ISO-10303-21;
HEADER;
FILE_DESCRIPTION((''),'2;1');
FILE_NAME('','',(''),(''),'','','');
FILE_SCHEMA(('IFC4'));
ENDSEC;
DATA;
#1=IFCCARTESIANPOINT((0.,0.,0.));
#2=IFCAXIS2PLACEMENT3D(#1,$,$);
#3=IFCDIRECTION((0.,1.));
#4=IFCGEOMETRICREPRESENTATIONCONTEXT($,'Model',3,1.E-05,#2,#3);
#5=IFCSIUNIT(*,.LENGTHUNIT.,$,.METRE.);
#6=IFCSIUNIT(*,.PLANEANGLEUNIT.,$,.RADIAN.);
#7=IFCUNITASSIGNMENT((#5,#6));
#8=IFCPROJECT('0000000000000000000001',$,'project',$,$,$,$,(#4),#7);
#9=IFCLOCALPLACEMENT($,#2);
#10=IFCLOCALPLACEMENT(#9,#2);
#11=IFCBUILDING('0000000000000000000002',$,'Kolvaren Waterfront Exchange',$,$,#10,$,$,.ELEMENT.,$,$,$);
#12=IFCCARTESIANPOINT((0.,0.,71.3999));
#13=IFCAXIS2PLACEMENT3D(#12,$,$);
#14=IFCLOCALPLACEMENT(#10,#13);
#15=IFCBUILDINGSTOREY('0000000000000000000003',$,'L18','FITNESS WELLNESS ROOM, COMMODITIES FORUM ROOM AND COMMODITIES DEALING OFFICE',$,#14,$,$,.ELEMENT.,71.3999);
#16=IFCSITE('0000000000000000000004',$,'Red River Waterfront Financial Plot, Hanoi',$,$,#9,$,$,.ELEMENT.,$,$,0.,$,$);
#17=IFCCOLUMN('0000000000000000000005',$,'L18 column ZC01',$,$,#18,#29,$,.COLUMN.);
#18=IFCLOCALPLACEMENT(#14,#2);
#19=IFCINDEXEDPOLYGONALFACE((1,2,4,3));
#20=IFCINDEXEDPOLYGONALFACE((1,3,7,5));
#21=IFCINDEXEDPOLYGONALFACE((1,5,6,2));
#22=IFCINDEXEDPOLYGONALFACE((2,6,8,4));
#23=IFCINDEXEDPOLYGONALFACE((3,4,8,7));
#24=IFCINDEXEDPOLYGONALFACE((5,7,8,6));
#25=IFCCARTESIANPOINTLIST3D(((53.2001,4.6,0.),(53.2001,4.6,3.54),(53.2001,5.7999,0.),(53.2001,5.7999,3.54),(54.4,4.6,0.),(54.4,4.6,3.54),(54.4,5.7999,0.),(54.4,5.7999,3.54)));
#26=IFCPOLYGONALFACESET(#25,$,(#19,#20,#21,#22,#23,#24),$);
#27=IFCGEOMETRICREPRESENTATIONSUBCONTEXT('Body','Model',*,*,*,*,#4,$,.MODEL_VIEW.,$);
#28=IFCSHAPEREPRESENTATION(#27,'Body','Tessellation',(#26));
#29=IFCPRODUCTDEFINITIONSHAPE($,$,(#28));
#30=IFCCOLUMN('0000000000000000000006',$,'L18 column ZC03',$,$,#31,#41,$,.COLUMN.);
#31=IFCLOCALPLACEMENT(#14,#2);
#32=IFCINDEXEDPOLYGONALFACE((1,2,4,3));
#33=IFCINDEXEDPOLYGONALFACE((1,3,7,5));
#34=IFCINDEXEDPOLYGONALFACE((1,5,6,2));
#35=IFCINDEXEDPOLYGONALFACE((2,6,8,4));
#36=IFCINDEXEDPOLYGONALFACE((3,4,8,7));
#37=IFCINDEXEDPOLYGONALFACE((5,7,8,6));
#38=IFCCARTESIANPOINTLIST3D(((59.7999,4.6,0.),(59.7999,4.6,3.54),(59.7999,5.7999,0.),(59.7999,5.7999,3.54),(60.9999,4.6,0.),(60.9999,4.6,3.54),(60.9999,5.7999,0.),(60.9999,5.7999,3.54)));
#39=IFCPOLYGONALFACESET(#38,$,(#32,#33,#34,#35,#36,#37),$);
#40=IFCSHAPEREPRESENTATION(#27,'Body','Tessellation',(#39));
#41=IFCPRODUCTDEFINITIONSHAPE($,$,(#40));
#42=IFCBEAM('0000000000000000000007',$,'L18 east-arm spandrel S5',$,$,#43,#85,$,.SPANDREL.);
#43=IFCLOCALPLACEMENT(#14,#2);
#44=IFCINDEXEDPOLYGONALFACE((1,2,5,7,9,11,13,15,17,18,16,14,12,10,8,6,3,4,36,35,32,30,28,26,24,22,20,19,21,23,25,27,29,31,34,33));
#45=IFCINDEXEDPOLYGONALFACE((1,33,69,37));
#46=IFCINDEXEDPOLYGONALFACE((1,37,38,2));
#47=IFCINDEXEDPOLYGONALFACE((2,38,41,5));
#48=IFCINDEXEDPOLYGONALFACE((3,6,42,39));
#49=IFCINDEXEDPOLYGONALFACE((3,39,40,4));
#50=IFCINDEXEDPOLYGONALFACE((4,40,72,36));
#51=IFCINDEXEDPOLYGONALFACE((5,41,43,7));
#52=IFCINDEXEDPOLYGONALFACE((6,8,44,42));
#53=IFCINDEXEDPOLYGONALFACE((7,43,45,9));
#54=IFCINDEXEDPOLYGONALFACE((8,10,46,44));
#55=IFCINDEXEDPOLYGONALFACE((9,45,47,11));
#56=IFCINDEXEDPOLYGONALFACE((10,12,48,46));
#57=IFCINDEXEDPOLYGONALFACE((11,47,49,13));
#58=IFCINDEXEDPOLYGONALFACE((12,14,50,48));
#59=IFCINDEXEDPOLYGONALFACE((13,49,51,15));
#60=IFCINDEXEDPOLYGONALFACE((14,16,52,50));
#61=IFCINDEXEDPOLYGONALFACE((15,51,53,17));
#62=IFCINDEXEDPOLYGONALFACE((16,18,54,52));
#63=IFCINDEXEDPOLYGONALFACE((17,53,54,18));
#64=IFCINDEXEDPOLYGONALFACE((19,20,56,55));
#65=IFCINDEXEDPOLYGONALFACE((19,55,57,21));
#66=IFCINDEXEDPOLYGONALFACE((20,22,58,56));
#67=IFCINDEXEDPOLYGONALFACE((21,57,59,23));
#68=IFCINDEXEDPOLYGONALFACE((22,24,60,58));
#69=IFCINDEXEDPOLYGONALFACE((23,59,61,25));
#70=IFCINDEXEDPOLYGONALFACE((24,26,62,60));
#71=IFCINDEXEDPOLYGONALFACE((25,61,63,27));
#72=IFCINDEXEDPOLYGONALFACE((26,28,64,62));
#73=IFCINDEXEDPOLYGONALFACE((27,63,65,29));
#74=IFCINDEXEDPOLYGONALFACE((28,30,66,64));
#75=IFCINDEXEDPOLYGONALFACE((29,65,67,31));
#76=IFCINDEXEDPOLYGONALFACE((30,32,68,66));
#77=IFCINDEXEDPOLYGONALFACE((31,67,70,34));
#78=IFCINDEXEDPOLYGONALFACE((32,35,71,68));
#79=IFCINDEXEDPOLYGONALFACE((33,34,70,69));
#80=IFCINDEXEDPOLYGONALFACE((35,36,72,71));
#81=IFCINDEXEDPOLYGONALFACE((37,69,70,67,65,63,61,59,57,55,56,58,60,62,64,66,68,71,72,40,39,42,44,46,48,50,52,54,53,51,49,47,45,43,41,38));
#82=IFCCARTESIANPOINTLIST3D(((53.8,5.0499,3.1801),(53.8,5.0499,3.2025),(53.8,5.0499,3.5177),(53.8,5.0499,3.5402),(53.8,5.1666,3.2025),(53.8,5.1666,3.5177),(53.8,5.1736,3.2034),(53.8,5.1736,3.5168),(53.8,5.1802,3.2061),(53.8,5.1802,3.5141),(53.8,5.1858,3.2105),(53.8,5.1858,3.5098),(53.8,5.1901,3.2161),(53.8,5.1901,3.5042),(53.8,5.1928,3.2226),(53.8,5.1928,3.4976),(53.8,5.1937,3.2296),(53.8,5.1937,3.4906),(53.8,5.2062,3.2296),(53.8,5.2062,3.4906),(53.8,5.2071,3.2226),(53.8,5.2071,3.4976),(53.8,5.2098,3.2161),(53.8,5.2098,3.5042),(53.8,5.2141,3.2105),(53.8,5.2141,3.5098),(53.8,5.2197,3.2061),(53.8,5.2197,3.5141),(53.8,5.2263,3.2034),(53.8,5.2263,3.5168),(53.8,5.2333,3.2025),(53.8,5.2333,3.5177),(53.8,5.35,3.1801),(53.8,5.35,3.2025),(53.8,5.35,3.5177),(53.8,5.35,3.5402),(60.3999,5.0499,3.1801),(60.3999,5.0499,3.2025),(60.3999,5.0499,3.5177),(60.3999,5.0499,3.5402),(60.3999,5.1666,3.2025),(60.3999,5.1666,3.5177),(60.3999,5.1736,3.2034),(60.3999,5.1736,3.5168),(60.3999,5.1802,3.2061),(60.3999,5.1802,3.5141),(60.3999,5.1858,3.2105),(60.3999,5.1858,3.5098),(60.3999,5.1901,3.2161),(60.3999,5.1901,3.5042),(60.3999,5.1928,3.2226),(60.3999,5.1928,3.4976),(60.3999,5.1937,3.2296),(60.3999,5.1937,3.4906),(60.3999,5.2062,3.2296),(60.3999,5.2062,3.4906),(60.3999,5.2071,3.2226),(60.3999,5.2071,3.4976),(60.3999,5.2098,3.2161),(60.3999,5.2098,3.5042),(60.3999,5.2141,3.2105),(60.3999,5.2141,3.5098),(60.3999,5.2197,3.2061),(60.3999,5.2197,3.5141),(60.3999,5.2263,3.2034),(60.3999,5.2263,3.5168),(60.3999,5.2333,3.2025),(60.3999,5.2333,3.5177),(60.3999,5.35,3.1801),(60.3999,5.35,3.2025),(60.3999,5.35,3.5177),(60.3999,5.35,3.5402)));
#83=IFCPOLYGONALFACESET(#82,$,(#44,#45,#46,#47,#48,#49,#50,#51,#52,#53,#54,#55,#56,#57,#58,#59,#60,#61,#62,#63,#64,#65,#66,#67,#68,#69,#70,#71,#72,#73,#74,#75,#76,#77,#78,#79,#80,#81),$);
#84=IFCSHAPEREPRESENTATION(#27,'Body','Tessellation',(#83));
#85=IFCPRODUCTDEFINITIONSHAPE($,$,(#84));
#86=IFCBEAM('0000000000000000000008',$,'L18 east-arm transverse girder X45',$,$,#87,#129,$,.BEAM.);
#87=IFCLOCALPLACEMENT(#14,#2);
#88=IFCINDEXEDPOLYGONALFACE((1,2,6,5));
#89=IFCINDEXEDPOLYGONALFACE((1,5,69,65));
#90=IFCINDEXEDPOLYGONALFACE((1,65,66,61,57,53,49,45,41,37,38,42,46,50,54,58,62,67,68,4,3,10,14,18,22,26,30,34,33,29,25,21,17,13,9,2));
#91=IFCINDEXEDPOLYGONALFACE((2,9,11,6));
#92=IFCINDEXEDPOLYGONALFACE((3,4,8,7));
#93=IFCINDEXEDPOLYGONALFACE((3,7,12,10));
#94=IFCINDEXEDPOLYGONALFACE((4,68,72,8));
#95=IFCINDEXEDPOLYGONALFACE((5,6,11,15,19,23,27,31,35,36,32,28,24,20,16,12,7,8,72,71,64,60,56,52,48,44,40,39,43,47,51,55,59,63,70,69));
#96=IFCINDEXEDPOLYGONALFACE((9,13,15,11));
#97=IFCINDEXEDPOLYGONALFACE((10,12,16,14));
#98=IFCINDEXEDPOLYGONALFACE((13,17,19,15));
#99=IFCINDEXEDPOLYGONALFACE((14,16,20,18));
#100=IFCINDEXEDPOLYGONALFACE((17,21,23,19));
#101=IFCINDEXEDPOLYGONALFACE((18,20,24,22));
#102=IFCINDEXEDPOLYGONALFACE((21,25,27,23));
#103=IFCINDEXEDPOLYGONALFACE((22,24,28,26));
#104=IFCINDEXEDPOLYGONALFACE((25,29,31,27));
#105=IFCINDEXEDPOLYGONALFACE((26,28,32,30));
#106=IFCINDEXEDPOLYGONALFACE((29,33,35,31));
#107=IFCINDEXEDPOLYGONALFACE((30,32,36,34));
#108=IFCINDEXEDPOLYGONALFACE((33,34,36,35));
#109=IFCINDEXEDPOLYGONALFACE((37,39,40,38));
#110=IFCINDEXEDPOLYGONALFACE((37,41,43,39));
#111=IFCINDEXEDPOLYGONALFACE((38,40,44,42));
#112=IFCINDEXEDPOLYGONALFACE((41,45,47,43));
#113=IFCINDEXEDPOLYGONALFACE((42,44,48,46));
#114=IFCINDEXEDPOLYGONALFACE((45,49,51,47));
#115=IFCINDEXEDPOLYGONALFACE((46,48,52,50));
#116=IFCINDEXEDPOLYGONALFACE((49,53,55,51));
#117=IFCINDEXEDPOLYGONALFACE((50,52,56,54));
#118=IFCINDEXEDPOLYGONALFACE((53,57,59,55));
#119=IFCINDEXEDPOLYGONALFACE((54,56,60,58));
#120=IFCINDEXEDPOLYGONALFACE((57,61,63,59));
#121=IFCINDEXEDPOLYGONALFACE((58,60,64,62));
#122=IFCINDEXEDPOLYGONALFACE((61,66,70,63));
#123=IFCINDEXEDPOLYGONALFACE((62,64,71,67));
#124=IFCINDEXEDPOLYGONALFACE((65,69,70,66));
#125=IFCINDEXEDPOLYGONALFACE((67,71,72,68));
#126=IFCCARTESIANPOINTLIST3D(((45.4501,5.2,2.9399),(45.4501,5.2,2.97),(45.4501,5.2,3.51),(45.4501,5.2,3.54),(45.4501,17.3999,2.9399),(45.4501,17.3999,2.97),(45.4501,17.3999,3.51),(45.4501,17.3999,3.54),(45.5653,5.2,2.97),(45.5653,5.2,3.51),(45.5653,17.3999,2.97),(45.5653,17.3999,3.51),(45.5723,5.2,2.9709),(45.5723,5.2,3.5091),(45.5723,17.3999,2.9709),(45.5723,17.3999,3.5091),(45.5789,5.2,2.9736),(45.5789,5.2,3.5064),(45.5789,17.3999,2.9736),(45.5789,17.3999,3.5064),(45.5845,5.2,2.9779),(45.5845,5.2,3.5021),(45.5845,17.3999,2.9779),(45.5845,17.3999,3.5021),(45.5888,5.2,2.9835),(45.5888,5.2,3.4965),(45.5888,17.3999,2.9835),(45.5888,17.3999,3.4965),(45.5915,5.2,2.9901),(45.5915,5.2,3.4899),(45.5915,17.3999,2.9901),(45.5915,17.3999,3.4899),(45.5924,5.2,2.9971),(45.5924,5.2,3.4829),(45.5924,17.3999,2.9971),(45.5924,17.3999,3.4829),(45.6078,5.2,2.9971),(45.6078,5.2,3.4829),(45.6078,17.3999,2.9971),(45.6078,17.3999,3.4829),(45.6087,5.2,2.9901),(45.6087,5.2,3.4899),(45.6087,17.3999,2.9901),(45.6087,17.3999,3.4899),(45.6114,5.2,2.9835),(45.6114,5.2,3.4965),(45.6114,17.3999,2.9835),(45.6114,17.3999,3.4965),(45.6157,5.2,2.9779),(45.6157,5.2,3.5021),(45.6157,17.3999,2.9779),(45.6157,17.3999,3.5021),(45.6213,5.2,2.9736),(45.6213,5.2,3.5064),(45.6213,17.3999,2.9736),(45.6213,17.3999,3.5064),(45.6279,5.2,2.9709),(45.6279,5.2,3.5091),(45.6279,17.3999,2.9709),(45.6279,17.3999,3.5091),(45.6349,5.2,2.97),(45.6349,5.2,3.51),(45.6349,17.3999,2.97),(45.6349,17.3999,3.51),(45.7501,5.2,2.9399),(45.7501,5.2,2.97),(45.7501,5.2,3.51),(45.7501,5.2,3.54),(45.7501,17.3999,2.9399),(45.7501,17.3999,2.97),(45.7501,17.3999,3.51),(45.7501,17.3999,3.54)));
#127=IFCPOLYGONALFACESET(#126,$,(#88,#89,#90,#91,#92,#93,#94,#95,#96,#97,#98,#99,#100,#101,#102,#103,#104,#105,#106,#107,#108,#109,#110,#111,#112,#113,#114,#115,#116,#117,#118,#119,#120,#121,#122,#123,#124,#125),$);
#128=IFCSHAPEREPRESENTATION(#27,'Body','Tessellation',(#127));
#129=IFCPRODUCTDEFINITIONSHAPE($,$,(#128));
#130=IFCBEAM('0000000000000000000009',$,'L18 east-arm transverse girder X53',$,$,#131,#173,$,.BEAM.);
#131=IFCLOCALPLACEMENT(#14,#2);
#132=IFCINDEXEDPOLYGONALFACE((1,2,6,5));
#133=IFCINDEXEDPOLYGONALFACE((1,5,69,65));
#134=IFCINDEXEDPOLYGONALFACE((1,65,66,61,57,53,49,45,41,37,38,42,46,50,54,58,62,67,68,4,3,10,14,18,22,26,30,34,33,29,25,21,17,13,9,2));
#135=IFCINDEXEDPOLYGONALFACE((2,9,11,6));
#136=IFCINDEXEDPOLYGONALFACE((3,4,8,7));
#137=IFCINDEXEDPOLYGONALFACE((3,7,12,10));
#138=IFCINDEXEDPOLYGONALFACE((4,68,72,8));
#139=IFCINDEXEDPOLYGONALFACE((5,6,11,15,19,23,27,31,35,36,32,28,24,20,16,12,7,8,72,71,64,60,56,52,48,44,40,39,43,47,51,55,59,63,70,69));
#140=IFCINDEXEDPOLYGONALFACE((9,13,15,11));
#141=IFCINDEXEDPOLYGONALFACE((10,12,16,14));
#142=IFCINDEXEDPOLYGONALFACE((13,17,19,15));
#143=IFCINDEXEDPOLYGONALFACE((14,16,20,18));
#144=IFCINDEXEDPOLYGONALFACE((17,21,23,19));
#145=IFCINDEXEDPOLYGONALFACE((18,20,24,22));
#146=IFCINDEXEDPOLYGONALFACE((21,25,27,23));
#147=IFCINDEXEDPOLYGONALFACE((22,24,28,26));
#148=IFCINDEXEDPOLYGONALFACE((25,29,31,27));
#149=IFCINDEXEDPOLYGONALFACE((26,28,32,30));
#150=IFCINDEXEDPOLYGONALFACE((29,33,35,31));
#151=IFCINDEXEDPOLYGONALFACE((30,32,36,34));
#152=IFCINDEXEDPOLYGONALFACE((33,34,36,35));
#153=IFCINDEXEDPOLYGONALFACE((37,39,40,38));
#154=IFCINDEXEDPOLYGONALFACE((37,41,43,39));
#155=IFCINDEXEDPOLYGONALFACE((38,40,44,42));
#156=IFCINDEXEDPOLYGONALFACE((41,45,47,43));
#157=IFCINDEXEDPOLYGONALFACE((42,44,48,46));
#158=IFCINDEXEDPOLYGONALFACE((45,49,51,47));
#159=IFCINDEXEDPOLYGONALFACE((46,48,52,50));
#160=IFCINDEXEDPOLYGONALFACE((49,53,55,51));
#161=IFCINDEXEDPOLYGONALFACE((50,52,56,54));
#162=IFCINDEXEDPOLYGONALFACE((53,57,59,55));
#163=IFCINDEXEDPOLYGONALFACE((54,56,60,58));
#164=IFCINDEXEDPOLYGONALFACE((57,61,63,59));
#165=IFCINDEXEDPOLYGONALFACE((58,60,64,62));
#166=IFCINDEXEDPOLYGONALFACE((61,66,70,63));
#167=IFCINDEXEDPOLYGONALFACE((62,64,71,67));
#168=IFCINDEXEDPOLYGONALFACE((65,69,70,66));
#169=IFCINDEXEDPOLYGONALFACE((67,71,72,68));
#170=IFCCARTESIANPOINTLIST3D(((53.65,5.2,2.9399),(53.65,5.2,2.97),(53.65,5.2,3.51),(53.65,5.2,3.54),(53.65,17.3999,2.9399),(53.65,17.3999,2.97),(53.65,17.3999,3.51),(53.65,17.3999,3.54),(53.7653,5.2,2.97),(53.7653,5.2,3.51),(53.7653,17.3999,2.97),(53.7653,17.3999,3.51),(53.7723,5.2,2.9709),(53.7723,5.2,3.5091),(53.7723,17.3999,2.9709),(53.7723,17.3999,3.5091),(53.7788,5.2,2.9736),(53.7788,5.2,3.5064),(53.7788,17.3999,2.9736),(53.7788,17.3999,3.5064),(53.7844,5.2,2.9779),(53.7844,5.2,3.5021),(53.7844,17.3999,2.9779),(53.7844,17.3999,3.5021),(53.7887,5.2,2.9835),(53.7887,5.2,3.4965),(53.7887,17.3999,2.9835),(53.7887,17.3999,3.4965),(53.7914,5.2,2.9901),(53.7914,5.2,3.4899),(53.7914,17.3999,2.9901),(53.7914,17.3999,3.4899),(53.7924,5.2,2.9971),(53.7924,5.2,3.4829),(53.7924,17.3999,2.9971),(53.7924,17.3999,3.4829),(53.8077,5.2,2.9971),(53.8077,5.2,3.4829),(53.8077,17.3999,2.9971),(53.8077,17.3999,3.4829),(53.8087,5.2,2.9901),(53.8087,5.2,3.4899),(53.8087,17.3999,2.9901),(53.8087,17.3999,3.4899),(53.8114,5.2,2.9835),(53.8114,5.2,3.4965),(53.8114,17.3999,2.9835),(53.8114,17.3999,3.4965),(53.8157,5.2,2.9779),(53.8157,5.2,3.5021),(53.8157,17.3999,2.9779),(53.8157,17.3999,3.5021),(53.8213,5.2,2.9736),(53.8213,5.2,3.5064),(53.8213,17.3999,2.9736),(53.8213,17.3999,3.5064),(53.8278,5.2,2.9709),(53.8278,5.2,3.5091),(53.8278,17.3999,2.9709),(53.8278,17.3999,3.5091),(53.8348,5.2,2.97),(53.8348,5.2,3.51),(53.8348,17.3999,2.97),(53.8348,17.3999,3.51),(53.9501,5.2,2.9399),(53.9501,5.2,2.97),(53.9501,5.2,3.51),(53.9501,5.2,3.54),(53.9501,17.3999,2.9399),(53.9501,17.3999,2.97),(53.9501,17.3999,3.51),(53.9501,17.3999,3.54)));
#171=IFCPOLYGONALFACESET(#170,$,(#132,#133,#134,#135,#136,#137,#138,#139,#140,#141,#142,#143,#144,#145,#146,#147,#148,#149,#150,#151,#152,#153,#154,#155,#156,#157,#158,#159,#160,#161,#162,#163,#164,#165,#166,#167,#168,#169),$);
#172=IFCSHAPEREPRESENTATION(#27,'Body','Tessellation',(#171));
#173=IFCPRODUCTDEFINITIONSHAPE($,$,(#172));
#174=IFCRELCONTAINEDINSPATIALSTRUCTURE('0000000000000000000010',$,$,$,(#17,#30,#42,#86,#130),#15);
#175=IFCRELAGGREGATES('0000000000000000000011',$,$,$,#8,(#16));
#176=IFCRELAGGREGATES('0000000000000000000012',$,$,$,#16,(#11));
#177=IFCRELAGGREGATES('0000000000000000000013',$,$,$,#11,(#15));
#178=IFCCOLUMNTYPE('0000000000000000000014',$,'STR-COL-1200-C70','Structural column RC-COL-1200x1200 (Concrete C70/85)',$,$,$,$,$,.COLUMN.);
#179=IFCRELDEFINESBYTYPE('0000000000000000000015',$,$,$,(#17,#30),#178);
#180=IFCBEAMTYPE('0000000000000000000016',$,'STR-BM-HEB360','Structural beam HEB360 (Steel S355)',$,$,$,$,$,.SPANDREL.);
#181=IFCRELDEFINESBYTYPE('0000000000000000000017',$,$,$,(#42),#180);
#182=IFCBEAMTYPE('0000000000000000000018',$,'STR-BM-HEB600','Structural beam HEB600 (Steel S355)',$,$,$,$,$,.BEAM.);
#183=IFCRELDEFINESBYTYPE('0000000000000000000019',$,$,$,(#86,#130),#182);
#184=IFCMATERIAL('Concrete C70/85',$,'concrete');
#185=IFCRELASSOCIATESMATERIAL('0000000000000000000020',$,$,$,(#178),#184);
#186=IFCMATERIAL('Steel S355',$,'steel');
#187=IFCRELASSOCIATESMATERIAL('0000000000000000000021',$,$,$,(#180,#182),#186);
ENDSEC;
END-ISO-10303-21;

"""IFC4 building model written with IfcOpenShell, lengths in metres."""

from ifc_helpers import new_model, si_unit, direction, frame, origin, origin_2d, place, context, subcontext, project, spatial, rectangle, i_section, extrude, material, material_profile, profile_set, type_object, element, save


model = new_model("IFC4")

# Units and contexts
model_context = context("Model", 3, precision=1e-05, world=origin(), true_north=direction((0.0, 1.0)))
body_context = subcontext(model_context, "Body", "Model", "MODEL_VIEW")
ifc_project = project(units=[si_unit("LENGTHUNIT", "METRE"), si_unit("PLANEANGLEUNIT", "RADIAN")], contexts=[model_context])

# Site, building, storey
site_placement = place(None, origin())
site = spatial("IfcSite", under=ifc_project, at=site_placement, Name="Red River Waterfront Financial Plot, Hanoi", CompositionType="ELEMENT", RefElevation=0.0)
building_placement = place(site_placement, origin())
building = spatial("IfcBuilding", under=site, at=building_placement, Name="Kolvaren Waterfront Exchange", CompositionType="ELEMENT")
storey_placement = place(building_placement, frame((0.0, 0.0, 71.3999)))
storey = spatial("IfcBuildingStorey", under=building, at=storey_placement, Name="L18", Description="FITNESS WELLNESS ROOM, COMMODITIES FORUM ROOM AND COMMODITIES DEALING OFFICE", CompositionType="ELEMENT", Elevation=71.3999)

# Columns
ifc_material_1 = material(Name="Concrete C70/85", Category="concrete")
ifc_material_profile_1 = material_profile(ifc_material_1, rectangle(XDim=1.2, YDim=1.2, at=origin_2d()), Name="RC-COL-1200x1200")
ifc_profile_set_1 = profile_set([ifc_material_profile_1], Name="Concrete C70/85")
column_type = type_object("IfcColumnType", Name="STR-COL-1200-C70", Description="Structural column RC-COL-1200x1200 (Concrete C70/85)", PredefinedType="COLUMN", material=ifc_profile_set_1)
for number, where, z_axis, x_axis, name in (
    (1, (53.8, 5.2, 0.0), (0.0, 0.0, 1.0), (1.0, 0.0, 0.0), "L18 column ZC01"),
    (2, (60.3999, 5.2, 0.0), (0.0, 0.0, 1.0), (1.0, 0.0, 0.0), "L18 column ZC03"),
):
    element("IfcColumn", number, at=place(storey_placement, frame(where, z_axis=z_axis, x_axis=x_axis)), inside=storey, type_object=column_type, Name=name, PredefinedType="COLUMN", context=body_context, shape_type="SweptSolid", body=[
        extrude(rectangle(XDim=1.2, YDim=1.2, at=origin_2d()), origin(), (0.0, 0.0, 1.0), 3.54),
    ])

# Beams
ifc_material_2 = material(Name="Steel S355", Category="steel")
ifc_material_profile_2 = material_profile(ifc_material_2, i_section(OverallWidth=0.3, OverallDepth=0.3601, WebThickness=0.0125, FlangeThickness=0.0225, FilletRadius=0.0271, at=origin_2d()), Name="HEB360")
ifc_profile_set_2 = profile_set([ifc_material_profile_2], Name="Steel S355")
beam_type_1 = type_object("IfcBeamType", Name="STR-BM-HEB360", Description="Structural beam HEB360 (Steel S355)", PredefinedType="SPANDREL", material=ifc_profile_set_2)
beam_1_placement = place(storey_placement, frame((53.8, 5.2, 3.3601), z_axis=(1.0, 0.0, 0.0), x_axis=(0.0, 1.0, 0.0)))
element("IfcBeam", 3, at=beam_1_placement, inside=storey, type_object=beam_type_1, Name="L18 east-arm spandrel S5", PredefinedType="SPANDREL", context=body_context, shape_type="SweptSolid", body=[
    extrude(i_section(OverallWidth=0.3, OverallDepth=0.3601, WebThickness=0.0125, FlangeThickness=0.0225, FilletRadius=0.0271, at=origin_2d()), origin(), (0.0, 0.0, 1.0), 6.5999),
])
ifc_material_profile_3 = material_profile(ifc_material_2, i_section(OverallWidth=0.3, OverallDepth=0.6001, WebThickness=0.0154, FlangeThickness=0.03, FilletRadius=0.0271, at=origin_2d()), Name="HEB600")
ifc_profile_set_3 = profile_set([ifc_material_profile_3], Name="Steel S355")
beam_type_2 = type_object("IfcBeamType", Name="STR-BM-HEB600", Description="Structural beam HEB600 (Steel S355)", PredefinedType="BEAM", material=ifc_profile_set_3)
for number, where, z_axis, x_axis, name in (
    (4, (45.6001, 5.2, 3.24), (0.0, 1.0, 0.0), (-1.0, 0.0, 0.0), "L18 east-arm transverse girder X45"),
    (5, (53.8, 5.2, 3.24), (0.0, 1.0, 0.0), (-1.0, 0.0, 0.0), "L18 east-arm transverse girder X53"),
):
    element("IfcBeam", number, at=place(storey_placement, frame(where, z_axis=z_axis, x_axis=x_axis)), inside=storey, type_object=beam_type_2, Name=name, PredefinedType="BEAM", context=body_context, shape_type="SweptSolid", body=[
        extrude(i_section(OverallWidth=0.3, OverallDepth=0.6001, WebThickness=0.0154, FlangeThickness=0.03, FilletRadius=0.0271, at=origin_2d()), origin(), (0.0, 0.0, 1.0), 12.2),
    ])

save(model, "model.ifc")
